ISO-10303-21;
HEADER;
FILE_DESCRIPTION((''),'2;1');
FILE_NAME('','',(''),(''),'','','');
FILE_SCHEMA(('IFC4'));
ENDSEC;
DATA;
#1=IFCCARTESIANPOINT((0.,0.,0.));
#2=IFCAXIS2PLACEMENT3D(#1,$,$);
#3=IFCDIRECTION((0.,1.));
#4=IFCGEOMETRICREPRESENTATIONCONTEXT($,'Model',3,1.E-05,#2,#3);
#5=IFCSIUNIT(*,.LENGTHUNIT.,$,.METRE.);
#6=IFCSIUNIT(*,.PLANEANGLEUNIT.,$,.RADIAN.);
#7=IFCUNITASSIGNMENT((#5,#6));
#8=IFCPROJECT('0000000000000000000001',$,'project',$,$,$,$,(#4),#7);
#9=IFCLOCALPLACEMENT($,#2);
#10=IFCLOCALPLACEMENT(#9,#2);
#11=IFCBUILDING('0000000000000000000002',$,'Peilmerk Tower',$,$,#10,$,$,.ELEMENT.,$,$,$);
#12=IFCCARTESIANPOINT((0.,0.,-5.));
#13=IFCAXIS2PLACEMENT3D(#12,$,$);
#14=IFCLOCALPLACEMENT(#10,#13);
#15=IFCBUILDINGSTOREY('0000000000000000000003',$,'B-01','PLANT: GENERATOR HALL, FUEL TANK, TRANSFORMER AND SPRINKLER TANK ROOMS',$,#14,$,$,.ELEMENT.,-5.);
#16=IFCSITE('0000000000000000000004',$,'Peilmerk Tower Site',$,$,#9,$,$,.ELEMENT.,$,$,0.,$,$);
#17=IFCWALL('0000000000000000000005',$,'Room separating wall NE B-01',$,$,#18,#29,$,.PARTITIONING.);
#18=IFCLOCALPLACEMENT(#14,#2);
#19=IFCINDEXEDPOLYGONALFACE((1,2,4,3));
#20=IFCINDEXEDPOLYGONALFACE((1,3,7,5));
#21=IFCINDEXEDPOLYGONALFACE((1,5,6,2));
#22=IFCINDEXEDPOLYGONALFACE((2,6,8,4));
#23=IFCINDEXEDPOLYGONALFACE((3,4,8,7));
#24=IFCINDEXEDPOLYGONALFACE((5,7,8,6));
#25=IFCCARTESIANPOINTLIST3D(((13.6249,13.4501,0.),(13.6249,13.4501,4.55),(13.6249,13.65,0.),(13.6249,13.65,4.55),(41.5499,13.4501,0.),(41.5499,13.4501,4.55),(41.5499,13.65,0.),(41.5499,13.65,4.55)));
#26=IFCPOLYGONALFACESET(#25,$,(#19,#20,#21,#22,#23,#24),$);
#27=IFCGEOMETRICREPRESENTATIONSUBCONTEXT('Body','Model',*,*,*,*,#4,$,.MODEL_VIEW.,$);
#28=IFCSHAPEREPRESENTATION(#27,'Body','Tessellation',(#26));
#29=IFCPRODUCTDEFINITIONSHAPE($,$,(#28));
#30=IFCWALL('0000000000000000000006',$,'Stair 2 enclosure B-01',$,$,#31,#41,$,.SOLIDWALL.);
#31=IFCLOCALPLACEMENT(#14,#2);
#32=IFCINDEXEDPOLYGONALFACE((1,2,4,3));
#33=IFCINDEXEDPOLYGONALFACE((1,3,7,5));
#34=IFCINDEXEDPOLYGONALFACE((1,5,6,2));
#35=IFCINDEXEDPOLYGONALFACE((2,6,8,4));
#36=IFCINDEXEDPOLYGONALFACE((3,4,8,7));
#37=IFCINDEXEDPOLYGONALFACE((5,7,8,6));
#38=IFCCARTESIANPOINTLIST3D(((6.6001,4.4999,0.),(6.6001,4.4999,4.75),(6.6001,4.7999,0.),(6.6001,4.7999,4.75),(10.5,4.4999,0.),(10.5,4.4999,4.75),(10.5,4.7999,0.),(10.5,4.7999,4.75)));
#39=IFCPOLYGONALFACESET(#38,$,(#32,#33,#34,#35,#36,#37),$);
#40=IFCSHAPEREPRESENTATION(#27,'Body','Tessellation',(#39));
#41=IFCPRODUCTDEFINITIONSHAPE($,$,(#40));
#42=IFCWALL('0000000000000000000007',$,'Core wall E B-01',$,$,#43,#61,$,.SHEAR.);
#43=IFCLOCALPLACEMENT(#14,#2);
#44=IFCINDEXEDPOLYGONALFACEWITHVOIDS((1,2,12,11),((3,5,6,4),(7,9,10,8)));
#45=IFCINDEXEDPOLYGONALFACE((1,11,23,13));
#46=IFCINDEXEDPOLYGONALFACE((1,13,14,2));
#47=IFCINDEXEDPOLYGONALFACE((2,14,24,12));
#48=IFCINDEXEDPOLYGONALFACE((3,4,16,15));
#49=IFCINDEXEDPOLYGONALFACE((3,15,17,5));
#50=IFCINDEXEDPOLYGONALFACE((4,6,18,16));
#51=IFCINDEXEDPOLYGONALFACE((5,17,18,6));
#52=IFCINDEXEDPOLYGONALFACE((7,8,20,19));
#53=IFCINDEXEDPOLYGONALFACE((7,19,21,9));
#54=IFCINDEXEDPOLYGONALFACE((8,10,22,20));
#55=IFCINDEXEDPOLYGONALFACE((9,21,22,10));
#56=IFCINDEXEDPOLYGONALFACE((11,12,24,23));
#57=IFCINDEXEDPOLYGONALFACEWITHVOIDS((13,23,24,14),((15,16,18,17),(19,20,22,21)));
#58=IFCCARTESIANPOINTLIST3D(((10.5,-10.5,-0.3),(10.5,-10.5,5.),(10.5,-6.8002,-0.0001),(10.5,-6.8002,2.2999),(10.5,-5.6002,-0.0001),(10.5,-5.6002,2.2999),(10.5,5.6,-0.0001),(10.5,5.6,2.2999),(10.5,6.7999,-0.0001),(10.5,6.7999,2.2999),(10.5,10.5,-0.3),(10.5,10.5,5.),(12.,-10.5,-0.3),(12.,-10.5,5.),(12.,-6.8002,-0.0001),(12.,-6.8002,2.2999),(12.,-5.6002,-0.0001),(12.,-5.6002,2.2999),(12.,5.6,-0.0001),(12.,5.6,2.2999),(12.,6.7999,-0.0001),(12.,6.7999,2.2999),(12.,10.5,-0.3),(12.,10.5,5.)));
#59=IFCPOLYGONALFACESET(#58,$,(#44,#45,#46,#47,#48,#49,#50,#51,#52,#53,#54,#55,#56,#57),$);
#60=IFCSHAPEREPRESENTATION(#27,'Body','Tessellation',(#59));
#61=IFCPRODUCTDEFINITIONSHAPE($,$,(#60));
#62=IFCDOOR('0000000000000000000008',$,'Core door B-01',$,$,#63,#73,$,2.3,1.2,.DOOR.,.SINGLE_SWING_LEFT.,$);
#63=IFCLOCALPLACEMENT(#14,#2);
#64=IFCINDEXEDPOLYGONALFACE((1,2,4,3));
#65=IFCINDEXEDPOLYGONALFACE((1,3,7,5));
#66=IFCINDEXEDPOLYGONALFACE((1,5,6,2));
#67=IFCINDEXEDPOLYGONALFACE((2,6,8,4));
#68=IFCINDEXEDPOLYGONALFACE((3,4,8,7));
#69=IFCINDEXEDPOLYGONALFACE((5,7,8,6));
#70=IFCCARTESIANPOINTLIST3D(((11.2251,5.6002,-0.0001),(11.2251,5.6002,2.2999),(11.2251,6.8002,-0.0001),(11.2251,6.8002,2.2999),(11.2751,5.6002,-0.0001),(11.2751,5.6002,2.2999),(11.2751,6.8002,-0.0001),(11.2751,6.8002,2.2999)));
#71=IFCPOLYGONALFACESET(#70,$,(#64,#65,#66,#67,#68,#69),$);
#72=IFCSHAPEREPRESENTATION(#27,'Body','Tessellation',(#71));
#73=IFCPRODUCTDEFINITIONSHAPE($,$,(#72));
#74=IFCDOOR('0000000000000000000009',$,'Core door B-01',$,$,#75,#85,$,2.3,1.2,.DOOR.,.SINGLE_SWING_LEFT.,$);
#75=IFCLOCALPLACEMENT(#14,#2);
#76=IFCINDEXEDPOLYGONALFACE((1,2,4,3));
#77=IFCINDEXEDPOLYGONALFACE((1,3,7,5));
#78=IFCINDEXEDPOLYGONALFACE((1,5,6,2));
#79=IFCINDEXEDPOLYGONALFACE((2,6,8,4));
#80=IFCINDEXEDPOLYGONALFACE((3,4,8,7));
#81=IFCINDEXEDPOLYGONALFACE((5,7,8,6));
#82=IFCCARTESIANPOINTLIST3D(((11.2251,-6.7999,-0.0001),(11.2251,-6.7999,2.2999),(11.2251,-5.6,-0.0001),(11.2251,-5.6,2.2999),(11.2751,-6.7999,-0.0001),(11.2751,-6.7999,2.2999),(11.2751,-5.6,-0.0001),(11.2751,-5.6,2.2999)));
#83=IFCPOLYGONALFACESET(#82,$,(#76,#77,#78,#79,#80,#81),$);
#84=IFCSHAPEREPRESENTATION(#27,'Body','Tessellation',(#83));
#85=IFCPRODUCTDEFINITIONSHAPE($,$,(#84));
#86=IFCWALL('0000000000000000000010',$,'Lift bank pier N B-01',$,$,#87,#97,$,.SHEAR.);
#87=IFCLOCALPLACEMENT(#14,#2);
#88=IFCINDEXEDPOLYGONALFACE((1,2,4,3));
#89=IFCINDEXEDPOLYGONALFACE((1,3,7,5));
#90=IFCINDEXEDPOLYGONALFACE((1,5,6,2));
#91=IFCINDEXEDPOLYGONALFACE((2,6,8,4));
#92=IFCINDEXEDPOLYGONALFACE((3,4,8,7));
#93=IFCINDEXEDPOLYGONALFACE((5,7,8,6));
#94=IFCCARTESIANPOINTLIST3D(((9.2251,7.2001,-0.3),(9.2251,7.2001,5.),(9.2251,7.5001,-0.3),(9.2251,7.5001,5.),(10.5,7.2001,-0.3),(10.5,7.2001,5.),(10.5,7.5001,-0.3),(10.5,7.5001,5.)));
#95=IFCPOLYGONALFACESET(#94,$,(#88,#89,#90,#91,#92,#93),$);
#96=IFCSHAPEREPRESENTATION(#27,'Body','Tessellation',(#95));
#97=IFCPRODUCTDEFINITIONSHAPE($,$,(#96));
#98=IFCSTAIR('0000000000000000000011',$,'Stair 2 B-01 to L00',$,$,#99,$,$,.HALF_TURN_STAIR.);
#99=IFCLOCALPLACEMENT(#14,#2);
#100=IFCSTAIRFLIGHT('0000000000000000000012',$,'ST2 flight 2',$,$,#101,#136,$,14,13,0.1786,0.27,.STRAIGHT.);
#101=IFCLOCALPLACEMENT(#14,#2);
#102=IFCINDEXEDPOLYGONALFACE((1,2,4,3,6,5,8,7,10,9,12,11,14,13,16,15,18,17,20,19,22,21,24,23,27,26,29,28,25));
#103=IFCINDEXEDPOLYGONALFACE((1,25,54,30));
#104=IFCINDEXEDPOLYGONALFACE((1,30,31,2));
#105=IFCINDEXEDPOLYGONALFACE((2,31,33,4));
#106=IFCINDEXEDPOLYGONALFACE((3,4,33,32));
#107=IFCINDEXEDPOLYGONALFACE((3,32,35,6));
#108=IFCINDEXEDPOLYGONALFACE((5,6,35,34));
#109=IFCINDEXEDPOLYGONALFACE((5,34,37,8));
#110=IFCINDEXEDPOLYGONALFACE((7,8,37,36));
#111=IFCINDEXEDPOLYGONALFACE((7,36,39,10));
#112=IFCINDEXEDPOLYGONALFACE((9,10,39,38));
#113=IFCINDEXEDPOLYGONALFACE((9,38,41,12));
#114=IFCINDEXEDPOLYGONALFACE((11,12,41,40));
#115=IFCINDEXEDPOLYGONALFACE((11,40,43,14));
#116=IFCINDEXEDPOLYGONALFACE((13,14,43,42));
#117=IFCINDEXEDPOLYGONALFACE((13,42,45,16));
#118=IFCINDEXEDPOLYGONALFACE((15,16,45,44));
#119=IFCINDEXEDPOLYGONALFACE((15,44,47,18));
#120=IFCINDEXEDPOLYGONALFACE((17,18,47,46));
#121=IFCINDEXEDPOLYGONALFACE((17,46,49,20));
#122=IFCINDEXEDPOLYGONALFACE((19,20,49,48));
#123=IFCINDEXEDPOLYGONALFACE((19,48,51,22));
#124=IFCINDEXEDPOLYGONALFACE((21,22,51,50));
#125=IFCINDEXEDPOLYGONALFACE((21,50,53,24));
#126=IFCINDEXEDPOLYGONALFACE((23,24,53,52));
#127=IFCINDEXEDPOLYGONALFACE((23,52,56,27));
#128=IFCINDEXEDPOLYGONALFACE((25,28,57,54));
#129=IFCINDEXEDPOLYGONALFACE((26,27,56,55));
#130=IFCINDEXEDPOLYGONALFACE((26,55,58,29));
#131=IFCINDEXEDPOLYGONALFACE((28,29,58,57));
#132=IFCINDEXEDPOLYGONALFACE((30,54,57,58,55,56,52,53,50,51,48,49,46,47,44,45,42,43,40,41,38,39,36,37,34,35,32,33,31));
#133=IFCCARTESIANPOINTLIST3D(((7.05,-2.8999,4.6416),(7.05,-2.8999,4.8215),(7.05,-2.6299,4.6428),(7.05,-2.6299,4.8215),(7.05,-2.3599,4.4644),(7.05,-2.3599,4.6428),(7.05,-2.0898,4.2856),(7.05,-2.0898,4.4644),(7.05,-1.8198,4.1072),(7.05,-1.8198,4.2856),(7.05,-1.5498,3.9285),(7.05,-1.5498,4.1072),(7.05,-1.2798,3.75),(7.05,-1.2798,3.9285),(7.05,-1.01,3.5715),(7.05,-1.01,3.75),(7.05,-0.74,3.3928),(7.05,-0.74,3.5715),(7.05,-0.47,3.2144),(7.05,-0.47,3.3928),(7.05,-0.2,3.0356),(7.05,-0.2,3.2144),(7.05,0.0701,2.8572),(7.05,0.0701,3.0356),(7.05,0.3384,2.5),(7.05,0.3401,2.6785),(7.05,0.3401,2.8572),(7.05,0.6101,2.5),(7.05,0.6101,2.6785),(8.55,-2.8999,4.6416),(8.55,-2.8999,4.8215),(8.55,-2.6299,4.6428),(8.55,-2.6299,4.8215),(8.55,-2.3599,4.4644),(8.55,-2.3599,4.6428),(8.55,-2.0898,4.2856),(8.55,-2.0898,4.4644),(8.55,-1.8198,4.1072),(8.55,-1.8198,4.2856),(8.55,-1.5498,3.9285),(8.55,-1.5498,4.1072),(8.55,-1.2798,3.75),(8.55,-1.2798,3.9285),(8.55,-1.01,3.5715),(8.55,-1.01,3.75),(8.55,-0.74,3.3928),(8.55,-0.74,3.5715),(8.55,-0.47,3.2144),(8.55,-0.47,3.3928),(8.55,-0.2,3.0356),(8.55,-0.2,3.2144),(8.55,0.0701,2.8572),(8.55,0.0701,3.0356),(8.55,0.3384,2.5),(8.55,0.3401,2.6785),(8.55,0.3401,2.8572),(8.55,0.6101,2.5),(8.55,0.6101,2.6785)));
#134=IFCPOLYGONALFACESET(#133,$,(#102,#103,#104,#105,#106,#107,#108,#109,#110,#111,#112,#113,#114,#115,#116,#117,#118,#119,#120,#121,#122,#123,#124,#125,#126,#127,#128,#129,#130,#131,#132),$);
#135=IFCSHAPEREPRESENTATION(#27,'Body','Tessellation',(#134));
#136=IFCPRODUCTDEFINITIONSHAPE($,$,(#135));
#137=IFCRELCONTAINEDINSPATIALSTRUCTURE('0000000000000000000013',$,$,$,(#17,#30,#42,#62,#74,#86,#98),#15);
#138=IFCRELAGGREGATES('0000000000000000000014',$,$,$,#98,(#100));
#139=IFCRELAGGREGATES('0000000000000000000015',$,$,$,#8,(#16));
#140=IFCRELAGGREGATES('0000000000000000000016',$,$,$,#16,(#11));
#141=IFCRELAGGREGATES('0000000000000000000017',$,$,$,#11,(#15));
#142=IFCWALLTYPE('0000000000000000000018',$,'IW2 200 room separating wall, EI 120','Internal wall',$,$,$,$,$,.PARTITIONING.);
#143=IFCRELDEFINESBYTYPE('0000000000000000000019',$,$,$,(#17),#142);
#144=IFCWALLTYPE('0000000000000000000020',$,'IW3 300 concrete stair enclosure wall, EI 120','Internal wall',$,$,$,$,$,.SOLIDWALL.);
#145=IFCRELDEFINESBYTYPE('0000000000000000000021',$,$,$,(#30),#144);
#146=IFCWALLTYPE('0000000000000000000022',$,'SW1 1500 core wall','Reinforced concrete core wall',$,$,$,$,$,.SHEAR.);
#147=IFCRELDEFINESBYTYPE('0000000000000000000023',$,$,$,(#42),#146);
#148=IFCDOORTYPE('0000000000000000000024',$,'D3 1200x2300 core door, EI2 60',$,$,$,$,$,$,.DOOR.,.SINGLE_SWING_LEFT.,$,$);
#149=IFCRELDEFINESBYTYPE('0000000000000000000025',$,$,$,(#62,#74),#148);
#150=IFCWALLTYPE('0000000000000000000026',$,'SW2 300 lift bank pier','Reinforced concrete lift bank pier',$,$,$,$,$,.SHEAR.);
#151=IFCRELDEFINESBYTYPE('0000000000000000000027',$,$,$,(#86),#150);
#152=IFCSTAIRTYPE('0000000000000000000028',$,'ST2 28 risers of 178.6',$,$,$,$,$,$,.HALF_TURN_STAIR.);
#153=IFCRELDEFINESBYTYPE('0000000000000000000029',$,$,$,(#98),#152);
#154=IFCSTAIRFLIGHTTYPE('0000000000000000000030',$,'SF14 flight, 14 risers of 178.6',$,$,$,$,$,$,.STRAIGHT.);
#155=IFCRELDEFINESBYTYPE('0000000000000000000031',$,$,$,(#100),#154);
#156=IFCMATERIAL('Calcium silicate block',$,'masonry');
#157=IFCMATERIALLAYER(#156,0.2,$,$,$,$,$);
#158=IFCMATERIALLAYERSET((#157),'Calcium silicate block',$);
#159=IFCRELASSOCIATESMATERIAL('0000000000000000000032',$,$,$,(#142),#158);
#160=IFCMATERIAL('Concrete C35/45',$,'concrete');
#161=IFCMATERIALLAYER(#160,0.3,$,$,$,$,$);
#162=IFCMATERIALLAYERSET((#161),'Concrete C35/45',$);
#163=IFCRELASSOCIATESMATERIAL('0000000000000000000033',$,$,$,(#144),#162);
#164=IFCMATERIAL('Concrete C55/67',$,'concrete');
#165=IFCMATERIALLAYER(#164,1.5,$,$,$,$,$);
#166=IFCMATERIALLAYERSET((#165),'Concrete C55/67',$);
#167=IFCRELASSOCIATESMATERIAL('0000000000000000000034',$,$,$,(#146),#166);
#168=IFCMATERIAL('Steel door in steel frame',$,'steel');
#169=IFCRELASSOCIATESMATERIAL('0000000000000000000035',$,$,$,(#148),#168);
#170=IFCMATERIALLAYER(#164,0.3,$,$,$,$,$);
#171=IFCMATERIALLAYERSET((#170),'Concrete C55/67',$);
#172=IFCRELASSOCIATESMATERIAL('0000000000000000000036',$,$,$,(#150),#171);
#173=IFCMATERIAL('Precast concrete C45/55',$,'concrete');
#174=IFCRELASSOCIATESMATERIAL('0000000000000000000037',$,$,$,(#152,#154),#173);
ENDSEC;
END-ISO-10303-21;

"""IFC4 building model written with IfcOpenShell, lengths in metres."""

from ifc_helpers import new_model, si_unit, direction, frame, frame_2d, origin, place, context, subcontext, project, spatial, polyline, rectangle, outline, extrude, material, layer, layer_set, type_object, element, fill, aggregate, save


model = new_model("IFC4")

# Units and contexts
model_context = context("Model", 3, precision=1e-05, world=origin(), true_north=direction((0.0, 1.0)))
body_context = subcontext(model_context, "Body", "Model", "MODEL_VIEW")
ifc_project = project(units=[si_unit("LENGTHUNIT", "METRE"), si_unit("PLANEANGLEUNIT", "RADIAN")], contexts=[model_context])

# Site, building, storey
site_placement = place(None, origin())
site = spatial("IfcSite", under=ifc_project, at=site_placement, Name="Peilmerk Tower Site", CompositionType="ELEMENT", RefElevation=0.0)
building_placement = place(site_placement, origin())
building = spatial("IfcBuilding", under=site, at=building_placement, Name="Peilmerk Tower", CompositionType="ELEMENT")
storey_placement = place(building_placement, frame((0.0, 0.0, -5.0)))
storey = spatial("IfcBuildingStorey", under=building, at=storey_placement, Name="B-01", Description="PLANT: GENERATOR HALL, FUEL TANK, TRANSFORMER AND SPRINKLER TANK ROOMS", CompositionType="ELEMENT", Elevation=-5.0)

# Walls
ifc_material_1 = material(Name="Calcium silicate block", Category="masonry")
ifc_layer_1 = layer(ifc_material_1, 0.2)
ifc_layer_set_1 = layer_set([ifc_layer_1], Name="Calcium silicate block")
wall_type_1 = type_object("IfcWallType", Name="IW2 200 room separating wall, EI 120", Description="Internal wall", PredefinedType="PARTITIONING", material=ifc_layer_set_1)
wall_1_placement = place(storey_placement, frame((13.625, 13.55, 0.0), z_axis=(0.0, 0.0, 1.0), x_axis=(1.0, 0.0, 0.0)))
element("IfcWall", 1, at=wall_1_placement, inside=storey, type_object=wall_type_1, Name="Room separating wall NE B-01", PredefinedType="PARTITIONING", context=body_context, shape_type="SweptSolid", body=[
    extrude(rectangle(XDim=27.925, YDim=0.2, at=frame_2d((13.9624, 0.0))), origin(), (0.0, 0.0, 1.0), 4.55),
])
ifc_material_2 = material(Name="Concrete C35/45", Category="concrete")
ifc_layer_2 = layer(ifc_material_2, 0.3)
ifc_layer_set_2 = layer_set([ifc_layer_2], Name="Concrete C35/45")
wall_type_2 = type_object("IfcWallType", Name="IW3 300 concrete stair enclosure wall, EI 120", Description="Internal wall", PredefinedType="SOLIDWALL", material=ifc_layer_set_2)
wall_2_placement = place(storey_placement, frame((6.6001, 4.6499, 0.0), z_axis=(0.0, 0.0, 1.0), x_axis=(1.0, 0.0, 0.0)))
element("IfcWall", 2, at=wall_2_placement, inside=storey, type_object=wall_type_2, Name="Stair 2 enclosure B-01", PredefinedType="SOLIDWALL", context=body_context, shape_type="SweptSolid", body=[
    extrude(rectangle(XDim=3.8999, YDim=0.3, at=frame_2d((1.95, 0.0))), origin(), (0.0, 0.0, 1.0), 4.75),
])

# Wall, openings, doors
ifc_material_3 = material(Name="Concrete C55/67", Category="concrete")
ifc_layer_3 = layer(ifc_material_3, 1.5)
ifc_layer_set_3 = layer_set([ifc_layer_3], Name="Concrete C55/67")
wall_type_3 = type_object("IfcWallType", Name="SW1 1500 core wall", Description="Reinforced concrete core wall", PredefinedType="SHEAR", material=ifc_layer_set_3)
wall_3_placement = place(storey_placement, frame((11.25, 10.5, -0.3), z_axis=(0.0, 0.0, 1.0), x_axis=(0.0, -1.0, 0.0)))
wall_3 = element("IfcWall", 3, at=wall_3_placement, inside=storey, type_object=wall_type_3, Name="Core wall E B-01", PredefinedType="SHEAR", context=body_context, shape_type="SweptSolid", body=[
    extrude(rectangle(XDim=21.0, YDim=1.5, at=frame_2d((10.5, 0.0))), origin(), (0.0, 0.0, 1.0), 5.3),
])
opening_1_placement = place(wall_3_placement, frame((3.7, 0.0, 0.3)))
opening_1 = element("IfcOpeningElement", 4, at=opening_1_placement, cuts=wall_3, PredefinedType="OPENING", context=body_context, shape_type="SweptSolid", body=[
    extrude(rectangle(XDim=1.2, YDim=2.3, at=frame_2d((0.6001, 1.1499))), frame((0.0, 0.76, 0.0), z_axis=(0.0, -1.0, 0.0), x_axis=(1.0, 0.0, 0.0)), (0.0, 0.0, 1.0), 1.52),
])
opening_2_placement = place(wall_3_placement, frame((16.1001, 0.0, 0.3)))
opening_2 = element("IfcOpeningElement", 5, at=opening_2_placement, cuts=wall_3, PredefinedType="OPENING", context=body_context, shape_type="SweptSolid", body=[
    extrude(rectangle(XDim=1.2, YDim=2.3, at=frame_2d((0.6001, 1.1499))), frame((0.0, 0.76, 0.0), z_axis=(0.0, -1.0, 0.0), x_axis=(1.0, 0.0, 0.0)), (0.0, 0.0, 1.0), 1.52),
])
ifc_material_4 = material(Name="Steel door in steel frame", Category="steel")
door_type = type_object("IfcDoorType", Name="D3 1200x2300 core door, EI2 60", OperationType="SINGLE_SWING_LEFT", PredefinedType="DOOR", material=ifc_material_4)
door_1_placement = place(opening_1_placement, frame((1.2, 0.0, 0.0), z_axis=(0.0, 0.0, 1.0), x_axis=(-1.0, 0.0, 0.0)))
door_1 = element("IfcDoor", 6, at=door_1_placement, inside=storey, type_object=door_type, Name="Core door B-01", OperationType="SINGLE_SWING_LEFT", OverallHeight=2.3, OverallWidth=1.2, PredefinedType="DOOR", context=body_context, shape_type="SweptSolid", body=[
    extrude(rectangle(XDim=1.2, YDim=2.3, at=frame_2d((0.6001, 1.1499))), frame((0.0, 0.0249, 0.0), z_axis=(0.0, -1.0, 0.0), x_axis=(1.0, 0.0, 0.0)), (0.0, 0.0, 1.0), 0.05),
])
fill(opening_1, door_1)
door_2_placement = place(opening_2_placement, frame((1.2, 0.0, 0.0), z_axis=(0.0, 0.0, 1.0), x_axis=(-1.0, 0.0, 0.0)))
door_2 = element("IfcDoor", 7, at=door_2_placement, inside=storey, type_object=door_type, Name="Core door B-01", OperationType="SINGLE_SWING_LEFT", OverallHeight=2.3, OverallWidth=1.2, PredefinedType="DOOR", context=body_context, shape_type="SweptSolid", body=[
    extrude(rectangle(XDim=1.2, YDim=2.3, at=frame_2d((0.6001, 1.1499))), frame((0.0, 0.0249, 0.0), z_axis=(0.0, -1.0, 0.0), x_axis=(1.0, 0.0, 0.0)), (0.0, 0.0, 1.0), 0.05),
])
fill(opening_2, door_2)

# Wall
ifc_layer_4 = layer(ifc_material_3, 0.3)
ifc_layer_set_4 = layer_set([ifc_layer_4], Name="Concrete C55/67")
wall_type_4 = type_object("IfcWallType", Name="SW2 300 lift bank pier", Description="Reinforced concrete lift bank pier", PredefinedType="SHEAR", material=ifc_layer_set_4)
wall_4_placement = place(storey_placement, frame((9.2251, 7.3501, -0.3), z_axis=(0.0, 0.0, 1.0), x_axis=(1.0, 0.0, 0.0)))
element("IfcWall", 8, at=wall_4_placement, inside=storey, type_object=wall_type_4, Name="Lift bank pier N B-01", PredefinedType="SHEAR", context=body_context, shape_type="SweptSolid", body=[
    extrude(rectangle(XDim=1.2749, YDim=0.3, at=frame_2d((0.6375, 0.0))), origin(), (0.0, 0.0, 1.0), 5.3),
])

# Stair, stair flight
ifc_material_5 = material(Name="Precast concrete C45/55", Category="concrete")
stair_type = type_object("IfcStairType", Name="ST2 28 risers of 178.6", PredefinedType="HALF_TURN_STAIR", material=ifc_material_5)
stair_placement = place(storey_placement, origin())
stair = element("IfcStair", 9, at=stair_placement, inside=storey, type_object=stair_type, Name="Stair 2 B-01 to L00", PredefinedType="HALF_TURN_STAIR")
stair_flight_type = type_object("IfcStairFlightType", Name="SF14 flight, 14 risers of 178.6", PredefinedType="STRAIGHT", material=ifc_material_5)
stair_flight_placement = place(storey_placement, frame((7.8, 0.6101, 2.5), z_axis=(0.0, 0.0, 1.0), x_axis=(0.0, -1.0, 0.0)))
stair_flight = element("IfcStairFlight", 10, at=stair_flight_placement, type_object=stair_flight_type, Name="ST2 flight 2", NumberOfRisers=14, NumberOfTreads=13, PredefinedType="STRAIGHT", RiserHeight=0.1786, TreadLength=0.27, context=body_context, shape_type="SweptSolid", body=[
    extrude(outline(polyline([(0.0, 0.0), (0.0, 0.1785), (0.27, 0.1785), (0.27, 0.3572), (0.54, 0.3572), (0.54, 0.5356), (0.8101, 0.5356), (0.8101, 0.7144), (1.0801, 0.7144), (1.0801, 0.8928), (1.3501, 0.8928), (1.3501, 1.0715), (1.6201, 1.0715), (1.6201, 1.25), (1.8899, 1.25), (1.8899, 1.4285), (2.1599, 1.4285), (2.1599, 1.6072), (2.4299, 1.6072), (2.4299, 1.7856), (2.7, 1.7856), (2.7, 1.9644), (2.97, 1.9644), (2.97, 2.1428), (3.24, 2.1428), (3.24, 2.3215), (3.51, 2.3215), (3.51, 2.5), (3.51, 2.1416), (0.2717, 0.0), (0.0, 0.0)])), frame((0.0, 0.75, 0.0), z_axis=(0.0, -1.0, 0.0), x_axis=(1.0, 0.0, 0.0)), (0.0, 0.0, 1.0), 1.5),
])
aggregate(stair, [stair_flight])

save(model, "model.ifc")
